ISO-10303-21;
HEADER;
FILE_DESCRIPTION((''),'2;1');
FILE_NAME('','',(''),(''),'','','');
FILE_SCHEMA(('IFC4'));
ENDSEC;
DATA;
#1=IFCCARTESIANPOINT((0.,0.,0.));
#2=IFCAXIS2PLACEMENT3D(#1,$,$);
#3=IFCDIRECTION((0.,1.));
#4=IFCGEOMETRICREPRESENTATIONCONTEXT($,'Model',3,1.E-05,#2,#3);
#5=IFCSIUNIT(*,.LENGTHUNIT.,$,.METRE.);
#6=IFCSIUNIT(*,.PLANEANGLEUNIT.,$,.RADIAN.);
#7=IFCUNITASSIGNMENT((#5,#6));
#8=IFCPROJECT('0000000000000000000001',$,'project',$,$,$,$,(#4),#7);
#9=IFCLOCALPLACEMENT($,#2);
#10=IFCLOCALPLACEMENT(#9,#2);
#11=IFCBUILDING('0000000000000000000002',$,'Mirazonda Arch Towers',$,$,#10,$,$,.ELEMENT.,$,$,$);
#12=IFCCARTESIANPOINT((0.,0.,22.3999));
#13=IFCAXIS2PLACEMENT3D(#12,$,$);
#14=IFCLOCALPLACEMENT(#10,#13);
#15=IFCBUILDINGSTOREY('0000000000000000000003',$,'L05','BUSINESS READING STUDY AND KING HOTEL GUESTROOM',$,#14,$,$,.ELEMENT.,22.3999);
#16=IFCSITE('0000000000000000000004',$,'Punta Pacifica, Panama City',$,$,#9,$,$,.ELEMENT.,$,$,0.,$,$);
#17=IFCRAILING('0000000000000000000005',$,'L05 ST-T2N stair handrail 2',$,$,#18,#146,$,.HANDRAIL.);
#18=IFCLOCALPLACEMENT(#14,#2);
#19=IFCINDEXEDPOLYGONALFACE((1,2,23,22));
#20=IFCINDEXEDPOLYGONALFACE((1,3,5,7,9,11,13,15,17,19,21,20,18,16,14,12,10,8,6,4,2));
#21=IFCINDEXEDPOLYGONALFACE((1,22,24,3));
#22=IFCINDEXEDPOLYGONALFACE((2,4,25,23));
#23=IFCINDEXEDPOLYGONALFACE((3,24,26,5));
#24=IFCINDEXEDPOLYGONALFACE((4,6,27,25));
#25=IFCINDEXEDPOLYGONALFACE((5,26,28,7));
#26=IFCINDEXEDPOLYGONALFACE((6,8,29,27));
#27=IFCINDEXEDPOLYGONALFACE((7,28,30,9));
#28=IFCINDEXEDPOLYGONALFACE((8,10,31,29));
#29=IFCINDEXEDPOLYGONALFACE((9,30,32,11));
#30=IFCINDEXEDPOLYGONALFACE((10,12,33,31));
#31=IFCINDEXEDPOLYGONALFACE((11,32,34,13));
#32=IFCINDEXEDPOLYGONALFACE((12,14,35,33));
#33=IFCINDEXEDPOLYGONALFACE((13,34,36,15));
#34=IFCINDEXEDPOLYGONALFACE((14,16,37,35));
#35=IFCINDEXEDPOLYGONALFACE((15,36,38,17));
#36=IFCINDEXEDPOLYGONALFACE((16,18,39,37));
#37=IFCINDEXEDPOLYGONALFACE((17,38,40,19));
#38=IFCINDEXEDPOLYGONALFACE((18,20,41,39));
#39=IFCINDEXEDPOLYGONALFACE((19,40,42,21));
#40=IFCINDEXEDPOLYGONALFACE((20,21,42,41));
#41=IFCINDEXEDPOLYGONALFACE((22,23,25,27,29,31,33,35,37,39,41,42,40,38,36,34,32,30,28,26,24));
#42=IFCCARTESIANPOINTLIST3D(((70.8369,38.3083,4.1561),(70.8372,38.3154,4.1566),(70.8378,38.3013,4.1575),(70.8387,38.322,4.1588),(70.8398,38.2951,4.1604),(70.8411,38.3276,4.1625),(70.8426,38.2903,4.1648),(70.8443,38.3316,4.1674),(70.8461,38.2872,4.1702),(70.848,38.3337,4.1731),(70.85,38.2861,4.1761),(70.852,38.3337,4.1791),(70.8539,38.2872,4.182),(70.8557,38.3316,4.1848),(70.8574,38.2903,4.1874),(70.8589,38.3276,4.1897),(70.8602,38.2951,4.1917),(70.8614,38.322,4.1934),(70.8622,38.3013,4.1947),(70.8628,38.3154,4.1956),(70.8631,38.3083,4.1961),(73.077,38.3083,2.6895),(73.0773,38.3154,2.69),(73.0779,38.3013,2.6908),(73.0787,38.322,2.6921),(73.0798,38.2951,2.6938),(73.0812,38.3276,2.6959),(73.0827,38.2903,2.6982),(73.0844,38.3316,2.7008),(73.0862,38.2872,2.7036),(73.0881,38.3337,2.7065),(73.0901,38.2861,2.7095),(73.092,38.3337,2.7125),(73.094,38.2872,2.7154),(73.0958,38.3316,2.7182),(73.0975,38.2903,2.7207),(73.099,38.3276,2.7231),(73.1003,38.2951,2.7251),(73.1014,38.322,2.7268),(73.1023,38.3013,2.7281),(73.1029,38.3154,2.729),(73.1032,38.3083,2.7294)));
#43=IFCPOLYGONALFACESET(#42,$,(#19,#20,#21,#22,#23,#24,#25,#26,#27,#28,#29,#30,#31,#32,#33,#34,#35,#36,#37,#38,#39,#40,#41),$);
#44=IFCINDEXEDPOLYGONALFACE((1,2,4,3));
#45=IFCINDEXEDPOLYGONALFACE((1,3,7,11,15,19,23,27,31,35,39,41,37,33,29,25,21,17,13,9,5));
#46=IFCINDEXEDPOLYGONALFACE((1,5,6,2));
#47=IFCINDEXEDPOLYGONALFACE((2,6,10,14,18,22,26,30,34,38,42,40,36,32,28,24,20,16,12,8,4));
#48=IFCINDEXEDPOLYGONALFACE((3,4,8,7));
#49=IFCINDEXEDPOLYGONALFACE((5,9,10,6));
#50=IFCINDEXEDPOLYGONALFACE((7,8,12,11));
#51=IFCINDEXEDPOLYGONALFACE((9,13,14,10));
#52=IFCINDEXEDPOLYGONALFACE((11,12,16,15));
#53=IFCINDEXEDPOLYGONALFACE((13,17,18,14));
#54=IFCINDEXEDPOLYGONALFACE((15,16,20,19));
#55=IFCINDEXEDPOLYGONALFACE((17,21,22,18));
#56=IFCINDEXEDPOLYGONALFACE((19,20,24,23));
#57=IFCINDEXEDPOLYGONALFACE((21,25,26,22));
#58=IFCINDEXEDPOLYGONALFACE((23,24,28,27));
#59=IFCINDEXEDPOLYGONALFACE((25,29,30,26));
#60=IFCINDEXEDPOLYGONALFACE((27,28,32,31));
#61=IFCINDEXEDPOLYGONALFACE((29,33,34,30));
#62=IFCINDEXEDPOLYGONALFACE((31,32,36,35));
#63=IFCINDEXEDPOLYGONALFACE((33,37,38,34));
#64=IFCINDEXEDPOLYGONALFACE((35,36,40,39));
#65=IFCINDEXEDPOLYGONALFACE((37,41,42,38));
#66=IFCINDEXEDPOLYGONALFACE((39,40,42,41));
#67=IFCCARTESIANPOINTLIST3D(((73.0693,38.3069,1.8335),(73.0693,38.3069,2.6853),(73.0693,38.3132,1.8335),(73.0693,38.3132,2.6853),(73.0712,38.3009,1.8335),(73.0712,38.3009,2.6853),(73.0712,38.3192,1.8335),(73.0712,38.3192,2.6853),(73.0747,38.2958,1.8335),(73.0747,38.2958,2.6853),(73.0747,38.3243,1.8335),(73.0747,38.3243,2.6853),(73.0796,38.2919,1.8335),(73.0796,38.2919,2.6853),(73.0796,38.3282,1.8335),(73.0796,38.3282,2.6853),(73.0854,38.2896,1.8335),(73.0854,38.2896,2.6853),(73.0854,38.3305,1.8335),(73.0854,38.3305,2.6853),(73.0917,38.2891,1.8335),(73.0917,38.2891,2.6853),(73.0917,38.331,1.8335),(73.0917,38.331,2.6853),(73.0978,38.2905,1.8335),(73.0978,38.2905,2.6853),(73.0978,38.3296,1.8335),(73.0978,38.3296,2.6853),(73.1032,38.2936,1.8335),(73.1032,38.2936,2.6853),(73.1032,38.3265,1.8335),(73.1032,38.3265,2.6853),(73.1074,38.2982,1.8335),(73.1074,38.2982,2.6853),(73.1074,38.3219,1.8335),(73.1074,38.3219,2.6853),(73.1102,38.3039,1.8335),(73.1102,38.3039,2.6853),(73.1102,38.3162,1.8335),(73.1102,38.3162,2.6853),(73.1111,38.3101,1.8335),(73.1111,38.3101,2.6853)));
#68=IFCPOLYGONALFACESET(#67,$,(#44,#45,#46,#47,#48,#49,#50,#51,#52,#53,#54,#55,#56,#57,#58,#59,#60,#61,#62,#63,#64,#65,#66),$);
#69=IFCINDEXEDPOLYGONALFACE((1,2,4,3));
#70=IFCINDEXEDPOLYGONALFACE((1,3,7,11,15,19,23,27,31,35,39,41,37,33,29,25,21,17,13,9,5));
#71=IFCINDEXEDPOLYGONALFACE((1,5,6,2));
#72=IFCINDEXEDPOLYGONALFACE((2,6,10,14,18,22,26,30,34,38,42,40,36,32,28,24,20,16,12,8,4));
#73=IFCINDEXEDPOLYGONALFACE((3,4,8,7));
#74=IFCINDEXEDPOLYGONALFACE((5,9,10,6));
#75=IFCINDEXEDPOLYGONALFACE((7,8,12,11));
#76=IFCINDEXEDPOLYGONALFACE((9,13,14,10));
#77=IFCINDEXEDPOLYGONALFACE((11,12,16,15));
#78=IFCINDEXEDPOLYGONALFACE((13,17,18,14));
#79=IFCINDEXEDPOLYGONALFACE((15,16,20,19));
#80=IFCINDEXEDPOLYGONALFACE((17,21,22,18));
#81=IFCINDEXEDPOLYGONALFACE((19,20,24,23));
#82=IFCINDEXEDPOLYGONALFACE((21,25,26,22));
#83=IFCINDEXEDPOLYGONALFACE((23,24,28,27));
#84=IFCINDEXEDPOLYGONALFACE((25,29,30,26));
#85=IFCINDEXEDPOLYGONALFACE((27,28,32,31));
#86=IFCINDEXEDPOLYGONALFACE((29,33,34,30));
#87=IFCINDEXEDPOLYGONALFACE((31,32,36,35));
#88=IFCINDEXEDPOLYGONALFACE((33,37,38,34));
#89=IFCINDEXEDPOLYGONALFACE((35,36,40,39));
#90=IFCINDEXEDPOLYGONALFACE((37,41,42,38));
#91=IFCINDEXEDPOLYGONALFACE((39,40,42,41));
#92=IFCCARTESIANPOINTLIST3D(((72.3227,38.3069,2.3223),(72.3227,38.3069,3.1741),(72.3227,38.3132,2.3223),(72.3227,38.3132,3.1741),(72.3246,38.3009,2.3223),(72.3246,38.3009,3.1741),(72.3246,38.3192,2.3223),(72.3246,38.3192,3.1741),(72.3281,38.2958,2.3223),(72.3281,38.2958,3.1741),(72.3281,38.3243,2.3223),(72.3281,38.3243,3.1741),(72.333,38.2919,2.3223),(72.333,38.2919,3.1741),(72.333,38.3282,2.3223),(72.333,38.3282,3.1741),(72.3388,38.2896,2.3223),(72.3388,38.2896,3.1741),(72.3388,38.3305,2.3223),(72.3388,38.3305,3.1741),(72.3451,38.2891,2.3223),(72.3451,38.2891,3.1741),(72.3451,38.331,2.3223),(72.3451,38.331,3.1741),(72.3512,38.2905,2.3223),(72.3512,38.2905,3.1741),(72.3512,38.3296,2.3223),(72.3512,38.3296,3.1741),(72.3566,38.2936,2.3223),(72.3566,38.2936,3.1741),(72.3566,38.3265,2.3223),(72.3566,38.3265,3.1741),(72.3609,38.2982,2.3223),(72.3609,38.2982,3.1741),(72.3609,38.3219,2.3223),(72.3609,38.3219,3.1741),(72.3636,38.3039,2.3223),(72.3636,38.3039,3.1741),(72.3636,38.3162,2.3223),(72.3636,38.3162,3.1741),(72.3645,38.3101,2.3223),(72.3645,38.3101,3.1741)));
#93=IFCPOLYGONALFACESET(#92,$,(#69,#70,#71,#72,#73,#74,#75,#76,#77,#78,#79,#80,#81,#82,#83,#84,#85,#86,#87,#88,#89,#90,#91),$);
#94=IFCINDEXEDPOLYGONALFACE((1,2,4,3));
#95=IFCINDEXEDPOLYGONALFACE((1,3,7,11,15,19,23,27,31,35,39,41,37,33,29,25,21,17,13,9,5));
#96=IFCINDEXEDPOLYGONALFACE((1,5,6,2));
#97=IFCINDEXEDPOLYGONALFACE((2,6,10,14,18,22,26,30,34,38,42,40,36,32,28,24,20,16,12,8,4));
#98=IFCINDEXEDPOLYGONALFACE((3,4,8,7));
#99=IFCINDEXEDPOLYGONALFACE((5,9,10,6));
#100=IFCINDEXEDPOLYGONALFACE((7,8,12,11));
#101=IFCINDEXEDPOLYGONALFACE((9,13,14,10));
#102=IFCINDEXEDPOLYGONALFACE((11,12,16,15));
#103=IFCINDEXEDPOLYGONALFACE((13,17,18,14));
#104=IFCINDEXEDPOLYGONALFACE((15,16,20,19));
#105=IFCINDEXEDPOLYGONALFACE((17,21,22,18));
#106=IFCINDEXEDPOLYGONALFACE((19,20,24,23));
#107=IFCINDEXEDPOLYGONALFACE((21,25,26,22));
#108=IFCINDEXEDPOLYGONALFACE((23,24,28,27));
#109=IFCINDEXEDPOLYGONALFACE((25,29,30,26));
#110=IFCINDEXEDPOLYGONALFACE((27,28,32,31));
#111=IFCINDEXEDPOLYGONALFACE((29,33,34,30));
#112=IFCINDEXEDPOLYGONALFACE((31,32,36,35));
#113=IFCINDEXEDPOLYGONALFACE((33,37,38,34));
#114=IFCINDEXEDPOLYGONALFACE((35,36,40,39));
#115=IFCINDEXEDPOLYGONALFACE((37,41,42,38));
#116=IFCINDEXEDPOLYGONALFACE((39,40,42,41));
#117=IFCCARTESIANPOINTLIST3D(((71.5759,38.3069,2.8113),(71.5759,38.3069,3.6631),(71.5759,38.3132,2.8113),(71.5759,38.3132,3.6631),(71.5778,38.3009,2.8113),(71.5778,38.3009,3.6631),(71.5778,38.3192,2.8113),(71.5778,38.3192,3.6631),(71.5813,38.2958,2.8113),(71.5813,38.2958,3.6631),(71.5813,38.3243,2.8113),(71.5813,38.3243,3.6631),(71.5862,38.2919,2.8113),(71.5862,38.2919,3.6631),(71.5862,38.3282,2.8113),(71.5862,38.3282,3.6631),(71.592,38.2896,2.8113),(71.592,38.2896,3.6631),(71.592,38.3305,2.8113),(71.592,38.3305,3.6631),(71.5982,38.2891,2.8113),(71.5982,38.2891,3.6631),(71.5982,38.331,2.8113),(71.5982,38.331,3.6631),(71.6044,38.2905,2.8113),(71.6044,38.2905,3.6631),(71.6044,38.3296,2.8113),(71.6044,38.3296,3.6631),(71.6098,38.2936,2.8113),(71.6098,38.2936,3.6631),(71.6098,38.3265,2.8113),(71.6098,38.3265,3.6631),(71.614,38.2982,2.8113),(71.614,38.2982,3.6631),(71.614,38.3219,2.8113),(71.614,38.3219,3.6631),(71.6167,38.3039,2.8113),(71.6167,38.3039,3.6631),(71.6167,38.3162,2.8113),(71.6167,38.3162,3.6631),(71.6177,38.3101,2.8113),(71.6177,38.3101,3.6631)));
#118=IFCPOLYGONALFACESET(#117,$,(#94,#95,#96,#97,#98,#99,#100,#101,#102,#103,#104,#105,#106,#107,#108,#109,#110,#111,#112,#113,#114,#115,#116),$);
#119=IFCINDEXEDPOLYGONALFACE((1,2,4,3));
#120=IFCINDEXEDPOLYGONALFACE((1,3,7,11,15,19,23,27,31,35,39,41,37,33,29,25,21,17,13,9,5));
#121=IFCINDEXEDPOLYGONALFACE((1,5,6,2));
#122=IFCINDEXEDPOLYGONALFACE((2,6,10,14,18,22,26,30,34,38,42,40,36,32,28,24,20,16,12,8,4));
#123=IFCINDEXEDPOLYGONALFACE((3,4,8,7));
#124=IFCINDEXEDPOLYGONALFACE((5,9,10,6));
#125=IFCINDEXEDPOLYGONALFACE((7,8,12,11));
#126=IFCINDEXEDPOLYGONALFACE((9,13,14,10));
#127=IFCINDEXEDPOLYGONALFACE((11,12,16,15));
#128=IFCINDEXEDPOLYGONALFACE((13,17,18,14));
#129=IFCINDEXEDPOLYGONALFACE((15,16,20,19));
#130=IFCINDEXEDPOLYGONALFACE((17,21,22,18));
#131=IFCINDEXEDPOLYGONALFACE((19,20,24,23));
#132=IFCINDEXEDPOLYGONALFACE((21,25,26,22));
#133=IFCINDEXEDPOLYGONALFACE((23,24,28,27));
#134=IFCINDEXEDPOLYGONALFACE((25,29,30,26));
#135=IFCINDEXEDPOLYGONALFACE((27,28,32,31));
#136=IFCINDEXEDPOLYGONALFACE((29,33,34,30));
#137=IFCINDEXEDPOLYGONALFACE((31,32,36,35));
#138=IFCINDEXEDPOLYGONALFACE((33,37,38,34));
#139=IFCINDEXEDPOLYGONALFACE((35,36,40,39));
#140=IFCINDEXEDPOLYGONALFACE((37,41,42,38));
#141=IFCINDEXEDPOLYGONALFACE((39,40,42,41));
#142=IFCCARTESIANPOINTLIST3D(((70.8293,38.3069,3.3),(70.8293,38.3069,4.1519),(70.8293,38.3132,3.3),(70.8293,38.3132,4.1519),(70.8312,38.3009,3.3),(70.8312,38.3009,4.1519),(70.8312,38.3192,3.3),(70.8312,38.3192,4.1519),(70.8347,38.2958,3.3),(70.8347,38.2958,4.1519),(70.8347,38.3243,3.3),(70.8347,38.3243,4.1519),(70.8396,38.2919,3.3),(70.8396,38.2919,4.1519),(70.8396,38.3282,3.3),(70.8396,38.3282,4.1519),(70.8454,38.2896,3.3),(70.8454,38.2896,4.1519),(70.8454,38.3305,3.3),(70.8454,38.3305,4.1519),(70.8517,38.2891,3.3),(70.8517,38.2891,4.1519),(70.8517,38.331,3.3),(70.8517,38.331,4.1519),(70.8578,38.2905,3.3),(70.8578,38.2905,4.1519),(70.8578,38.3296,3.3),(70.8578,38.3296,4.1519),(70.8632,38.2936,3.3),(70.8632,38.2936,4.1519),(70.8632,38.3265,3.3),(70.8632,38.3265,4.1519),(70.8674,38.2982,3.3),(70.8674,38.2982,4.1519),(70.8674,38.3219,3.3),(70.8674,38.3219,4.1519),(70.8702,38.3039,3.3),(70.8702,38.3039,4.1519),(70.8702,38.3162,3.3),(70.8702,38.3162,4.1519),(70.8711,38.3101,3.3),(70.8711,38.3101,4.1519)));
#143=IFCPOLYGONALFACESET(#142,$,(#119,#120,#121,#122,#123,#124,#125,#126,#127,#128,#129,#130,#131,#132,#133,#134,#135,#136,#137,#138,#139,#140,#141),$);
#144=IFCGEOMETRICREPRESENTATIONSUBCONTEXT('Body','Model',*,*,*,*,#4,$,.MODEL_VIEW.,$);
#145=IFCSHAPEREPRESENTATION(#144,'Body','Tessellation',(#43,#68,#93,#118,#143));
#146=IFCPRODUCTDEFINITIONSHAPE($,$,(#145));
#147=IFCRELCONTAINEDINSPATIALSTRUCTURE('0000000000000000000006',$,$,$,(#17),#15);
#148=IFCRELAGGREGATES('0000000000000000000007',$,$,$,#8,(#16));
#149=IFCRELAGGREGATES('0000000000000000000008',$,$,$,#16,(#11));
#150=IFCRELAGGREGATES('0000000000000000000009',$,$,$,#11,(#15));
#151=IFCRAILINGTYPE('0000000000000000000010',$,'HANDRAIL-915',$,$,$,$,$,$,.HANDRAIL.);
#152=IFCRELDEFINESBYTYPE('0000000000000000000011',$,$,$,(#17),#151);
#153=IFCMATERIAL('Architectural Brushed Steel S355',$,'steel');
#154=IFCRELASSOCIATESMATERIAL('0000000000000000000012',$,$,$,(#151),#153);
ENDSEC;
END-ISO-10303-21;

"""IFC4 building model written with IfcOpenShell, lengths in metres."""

from ifc_helpers import new_model, si_unit, direction, frame, origin, origin_2d, place, context, subcontext, project, spatial, circle, extrude, material, type_object, element, save


model = new_model("IFC4")

# Units and contexts
model_context = context("Model", 3, precision=1e-05, world=origin(), true_north=direction((0.0, 1.0)))
body_context = subcontext(model_context, "Body", "Model", "MODEL_VIEW")
ifc_project = project(units=[si_unit("LENGTHUNIT", "METRE"), si_unit("PLANEANGLEUNIT", "RADIAN")], contexts=[model_context])

# Site, building, storey
site_placement = place(None, origin())
site = spatial("IfcSite", under=ifc_project, at=site_placement, Name="Punta Pacifica, Panama City", CompositionType="ELEMENT", RefElevation=0.0)
building_placement = place(site_placement, origin())
building = spatial("IfcBuilding", under=site, at=building_placement, Name="Mirazonda Arch Towers", CompositionType="ELEMENT")
storey_placement = place(building_placement, frame((0.0, 0.0, 22.3999)))
storey = spatial("IfcBuildingStorey", under=building, at=storey_placement, Name="L05", Description="BUSINESS READING STUDY AND KING HOTEL GUESTROOM", CompositionType="ELEMENT", Elevation=22.3999)

# Shared definitions
ifc_material_1 = material(Name="Architectural Brushed Steel S355", Category="steel")

# Railing
railing_type_1 = type_object("IfcRailingType", Name="HANDRAIL-915", PredefinedType="HANDRAIL", material=ifc_material_1)
railing_1_placement = place(storey_placement, frame((73.0901, 38.3101, 1.8335)))
element("IfcRailing", 1, at=railing_1_placement, inside=storey, type_object=railing_type_1, Name="L05 ST-T2N stair handrail 2", PredefinedType="HANDRAIL", context=body_context, shape_type="SweptSolid", body=[
    extrude(circle(Radius=0.0239, at=origin_2d()), frame((0.0, 0.0, 0.876), z_axis=(-0.836637, 0.0, 0.547758), x_axis=(0.0, -1.0, 0.0)), (0.0, 0.0, 1.0), 2.6775),
    extrude(circle(Radius=0.021, at=origin_2d()), origin(), (0.0, 0.0, 1.0), 0.8518),
    extrude(circle(Radius=0.021, at=origin_2d()), frame((-0.7466, 0.0, 0.4888)), (0.0, 0.0, 1.0), 0.8518),
    extrude(circle(Radius=0.021, at=origin_2d()), frame((-1.4934, 0.0, 0.9778)), (0.0, 0.0, 1.0), 0.8518),
    extrude(circle(Radius=0.021, at=origin_2d()), frame((-2.24, 0.0, 1.4666)), (0.0, 0.0, 1.0), 0.8518),
])

save(model, "model.ifc")
